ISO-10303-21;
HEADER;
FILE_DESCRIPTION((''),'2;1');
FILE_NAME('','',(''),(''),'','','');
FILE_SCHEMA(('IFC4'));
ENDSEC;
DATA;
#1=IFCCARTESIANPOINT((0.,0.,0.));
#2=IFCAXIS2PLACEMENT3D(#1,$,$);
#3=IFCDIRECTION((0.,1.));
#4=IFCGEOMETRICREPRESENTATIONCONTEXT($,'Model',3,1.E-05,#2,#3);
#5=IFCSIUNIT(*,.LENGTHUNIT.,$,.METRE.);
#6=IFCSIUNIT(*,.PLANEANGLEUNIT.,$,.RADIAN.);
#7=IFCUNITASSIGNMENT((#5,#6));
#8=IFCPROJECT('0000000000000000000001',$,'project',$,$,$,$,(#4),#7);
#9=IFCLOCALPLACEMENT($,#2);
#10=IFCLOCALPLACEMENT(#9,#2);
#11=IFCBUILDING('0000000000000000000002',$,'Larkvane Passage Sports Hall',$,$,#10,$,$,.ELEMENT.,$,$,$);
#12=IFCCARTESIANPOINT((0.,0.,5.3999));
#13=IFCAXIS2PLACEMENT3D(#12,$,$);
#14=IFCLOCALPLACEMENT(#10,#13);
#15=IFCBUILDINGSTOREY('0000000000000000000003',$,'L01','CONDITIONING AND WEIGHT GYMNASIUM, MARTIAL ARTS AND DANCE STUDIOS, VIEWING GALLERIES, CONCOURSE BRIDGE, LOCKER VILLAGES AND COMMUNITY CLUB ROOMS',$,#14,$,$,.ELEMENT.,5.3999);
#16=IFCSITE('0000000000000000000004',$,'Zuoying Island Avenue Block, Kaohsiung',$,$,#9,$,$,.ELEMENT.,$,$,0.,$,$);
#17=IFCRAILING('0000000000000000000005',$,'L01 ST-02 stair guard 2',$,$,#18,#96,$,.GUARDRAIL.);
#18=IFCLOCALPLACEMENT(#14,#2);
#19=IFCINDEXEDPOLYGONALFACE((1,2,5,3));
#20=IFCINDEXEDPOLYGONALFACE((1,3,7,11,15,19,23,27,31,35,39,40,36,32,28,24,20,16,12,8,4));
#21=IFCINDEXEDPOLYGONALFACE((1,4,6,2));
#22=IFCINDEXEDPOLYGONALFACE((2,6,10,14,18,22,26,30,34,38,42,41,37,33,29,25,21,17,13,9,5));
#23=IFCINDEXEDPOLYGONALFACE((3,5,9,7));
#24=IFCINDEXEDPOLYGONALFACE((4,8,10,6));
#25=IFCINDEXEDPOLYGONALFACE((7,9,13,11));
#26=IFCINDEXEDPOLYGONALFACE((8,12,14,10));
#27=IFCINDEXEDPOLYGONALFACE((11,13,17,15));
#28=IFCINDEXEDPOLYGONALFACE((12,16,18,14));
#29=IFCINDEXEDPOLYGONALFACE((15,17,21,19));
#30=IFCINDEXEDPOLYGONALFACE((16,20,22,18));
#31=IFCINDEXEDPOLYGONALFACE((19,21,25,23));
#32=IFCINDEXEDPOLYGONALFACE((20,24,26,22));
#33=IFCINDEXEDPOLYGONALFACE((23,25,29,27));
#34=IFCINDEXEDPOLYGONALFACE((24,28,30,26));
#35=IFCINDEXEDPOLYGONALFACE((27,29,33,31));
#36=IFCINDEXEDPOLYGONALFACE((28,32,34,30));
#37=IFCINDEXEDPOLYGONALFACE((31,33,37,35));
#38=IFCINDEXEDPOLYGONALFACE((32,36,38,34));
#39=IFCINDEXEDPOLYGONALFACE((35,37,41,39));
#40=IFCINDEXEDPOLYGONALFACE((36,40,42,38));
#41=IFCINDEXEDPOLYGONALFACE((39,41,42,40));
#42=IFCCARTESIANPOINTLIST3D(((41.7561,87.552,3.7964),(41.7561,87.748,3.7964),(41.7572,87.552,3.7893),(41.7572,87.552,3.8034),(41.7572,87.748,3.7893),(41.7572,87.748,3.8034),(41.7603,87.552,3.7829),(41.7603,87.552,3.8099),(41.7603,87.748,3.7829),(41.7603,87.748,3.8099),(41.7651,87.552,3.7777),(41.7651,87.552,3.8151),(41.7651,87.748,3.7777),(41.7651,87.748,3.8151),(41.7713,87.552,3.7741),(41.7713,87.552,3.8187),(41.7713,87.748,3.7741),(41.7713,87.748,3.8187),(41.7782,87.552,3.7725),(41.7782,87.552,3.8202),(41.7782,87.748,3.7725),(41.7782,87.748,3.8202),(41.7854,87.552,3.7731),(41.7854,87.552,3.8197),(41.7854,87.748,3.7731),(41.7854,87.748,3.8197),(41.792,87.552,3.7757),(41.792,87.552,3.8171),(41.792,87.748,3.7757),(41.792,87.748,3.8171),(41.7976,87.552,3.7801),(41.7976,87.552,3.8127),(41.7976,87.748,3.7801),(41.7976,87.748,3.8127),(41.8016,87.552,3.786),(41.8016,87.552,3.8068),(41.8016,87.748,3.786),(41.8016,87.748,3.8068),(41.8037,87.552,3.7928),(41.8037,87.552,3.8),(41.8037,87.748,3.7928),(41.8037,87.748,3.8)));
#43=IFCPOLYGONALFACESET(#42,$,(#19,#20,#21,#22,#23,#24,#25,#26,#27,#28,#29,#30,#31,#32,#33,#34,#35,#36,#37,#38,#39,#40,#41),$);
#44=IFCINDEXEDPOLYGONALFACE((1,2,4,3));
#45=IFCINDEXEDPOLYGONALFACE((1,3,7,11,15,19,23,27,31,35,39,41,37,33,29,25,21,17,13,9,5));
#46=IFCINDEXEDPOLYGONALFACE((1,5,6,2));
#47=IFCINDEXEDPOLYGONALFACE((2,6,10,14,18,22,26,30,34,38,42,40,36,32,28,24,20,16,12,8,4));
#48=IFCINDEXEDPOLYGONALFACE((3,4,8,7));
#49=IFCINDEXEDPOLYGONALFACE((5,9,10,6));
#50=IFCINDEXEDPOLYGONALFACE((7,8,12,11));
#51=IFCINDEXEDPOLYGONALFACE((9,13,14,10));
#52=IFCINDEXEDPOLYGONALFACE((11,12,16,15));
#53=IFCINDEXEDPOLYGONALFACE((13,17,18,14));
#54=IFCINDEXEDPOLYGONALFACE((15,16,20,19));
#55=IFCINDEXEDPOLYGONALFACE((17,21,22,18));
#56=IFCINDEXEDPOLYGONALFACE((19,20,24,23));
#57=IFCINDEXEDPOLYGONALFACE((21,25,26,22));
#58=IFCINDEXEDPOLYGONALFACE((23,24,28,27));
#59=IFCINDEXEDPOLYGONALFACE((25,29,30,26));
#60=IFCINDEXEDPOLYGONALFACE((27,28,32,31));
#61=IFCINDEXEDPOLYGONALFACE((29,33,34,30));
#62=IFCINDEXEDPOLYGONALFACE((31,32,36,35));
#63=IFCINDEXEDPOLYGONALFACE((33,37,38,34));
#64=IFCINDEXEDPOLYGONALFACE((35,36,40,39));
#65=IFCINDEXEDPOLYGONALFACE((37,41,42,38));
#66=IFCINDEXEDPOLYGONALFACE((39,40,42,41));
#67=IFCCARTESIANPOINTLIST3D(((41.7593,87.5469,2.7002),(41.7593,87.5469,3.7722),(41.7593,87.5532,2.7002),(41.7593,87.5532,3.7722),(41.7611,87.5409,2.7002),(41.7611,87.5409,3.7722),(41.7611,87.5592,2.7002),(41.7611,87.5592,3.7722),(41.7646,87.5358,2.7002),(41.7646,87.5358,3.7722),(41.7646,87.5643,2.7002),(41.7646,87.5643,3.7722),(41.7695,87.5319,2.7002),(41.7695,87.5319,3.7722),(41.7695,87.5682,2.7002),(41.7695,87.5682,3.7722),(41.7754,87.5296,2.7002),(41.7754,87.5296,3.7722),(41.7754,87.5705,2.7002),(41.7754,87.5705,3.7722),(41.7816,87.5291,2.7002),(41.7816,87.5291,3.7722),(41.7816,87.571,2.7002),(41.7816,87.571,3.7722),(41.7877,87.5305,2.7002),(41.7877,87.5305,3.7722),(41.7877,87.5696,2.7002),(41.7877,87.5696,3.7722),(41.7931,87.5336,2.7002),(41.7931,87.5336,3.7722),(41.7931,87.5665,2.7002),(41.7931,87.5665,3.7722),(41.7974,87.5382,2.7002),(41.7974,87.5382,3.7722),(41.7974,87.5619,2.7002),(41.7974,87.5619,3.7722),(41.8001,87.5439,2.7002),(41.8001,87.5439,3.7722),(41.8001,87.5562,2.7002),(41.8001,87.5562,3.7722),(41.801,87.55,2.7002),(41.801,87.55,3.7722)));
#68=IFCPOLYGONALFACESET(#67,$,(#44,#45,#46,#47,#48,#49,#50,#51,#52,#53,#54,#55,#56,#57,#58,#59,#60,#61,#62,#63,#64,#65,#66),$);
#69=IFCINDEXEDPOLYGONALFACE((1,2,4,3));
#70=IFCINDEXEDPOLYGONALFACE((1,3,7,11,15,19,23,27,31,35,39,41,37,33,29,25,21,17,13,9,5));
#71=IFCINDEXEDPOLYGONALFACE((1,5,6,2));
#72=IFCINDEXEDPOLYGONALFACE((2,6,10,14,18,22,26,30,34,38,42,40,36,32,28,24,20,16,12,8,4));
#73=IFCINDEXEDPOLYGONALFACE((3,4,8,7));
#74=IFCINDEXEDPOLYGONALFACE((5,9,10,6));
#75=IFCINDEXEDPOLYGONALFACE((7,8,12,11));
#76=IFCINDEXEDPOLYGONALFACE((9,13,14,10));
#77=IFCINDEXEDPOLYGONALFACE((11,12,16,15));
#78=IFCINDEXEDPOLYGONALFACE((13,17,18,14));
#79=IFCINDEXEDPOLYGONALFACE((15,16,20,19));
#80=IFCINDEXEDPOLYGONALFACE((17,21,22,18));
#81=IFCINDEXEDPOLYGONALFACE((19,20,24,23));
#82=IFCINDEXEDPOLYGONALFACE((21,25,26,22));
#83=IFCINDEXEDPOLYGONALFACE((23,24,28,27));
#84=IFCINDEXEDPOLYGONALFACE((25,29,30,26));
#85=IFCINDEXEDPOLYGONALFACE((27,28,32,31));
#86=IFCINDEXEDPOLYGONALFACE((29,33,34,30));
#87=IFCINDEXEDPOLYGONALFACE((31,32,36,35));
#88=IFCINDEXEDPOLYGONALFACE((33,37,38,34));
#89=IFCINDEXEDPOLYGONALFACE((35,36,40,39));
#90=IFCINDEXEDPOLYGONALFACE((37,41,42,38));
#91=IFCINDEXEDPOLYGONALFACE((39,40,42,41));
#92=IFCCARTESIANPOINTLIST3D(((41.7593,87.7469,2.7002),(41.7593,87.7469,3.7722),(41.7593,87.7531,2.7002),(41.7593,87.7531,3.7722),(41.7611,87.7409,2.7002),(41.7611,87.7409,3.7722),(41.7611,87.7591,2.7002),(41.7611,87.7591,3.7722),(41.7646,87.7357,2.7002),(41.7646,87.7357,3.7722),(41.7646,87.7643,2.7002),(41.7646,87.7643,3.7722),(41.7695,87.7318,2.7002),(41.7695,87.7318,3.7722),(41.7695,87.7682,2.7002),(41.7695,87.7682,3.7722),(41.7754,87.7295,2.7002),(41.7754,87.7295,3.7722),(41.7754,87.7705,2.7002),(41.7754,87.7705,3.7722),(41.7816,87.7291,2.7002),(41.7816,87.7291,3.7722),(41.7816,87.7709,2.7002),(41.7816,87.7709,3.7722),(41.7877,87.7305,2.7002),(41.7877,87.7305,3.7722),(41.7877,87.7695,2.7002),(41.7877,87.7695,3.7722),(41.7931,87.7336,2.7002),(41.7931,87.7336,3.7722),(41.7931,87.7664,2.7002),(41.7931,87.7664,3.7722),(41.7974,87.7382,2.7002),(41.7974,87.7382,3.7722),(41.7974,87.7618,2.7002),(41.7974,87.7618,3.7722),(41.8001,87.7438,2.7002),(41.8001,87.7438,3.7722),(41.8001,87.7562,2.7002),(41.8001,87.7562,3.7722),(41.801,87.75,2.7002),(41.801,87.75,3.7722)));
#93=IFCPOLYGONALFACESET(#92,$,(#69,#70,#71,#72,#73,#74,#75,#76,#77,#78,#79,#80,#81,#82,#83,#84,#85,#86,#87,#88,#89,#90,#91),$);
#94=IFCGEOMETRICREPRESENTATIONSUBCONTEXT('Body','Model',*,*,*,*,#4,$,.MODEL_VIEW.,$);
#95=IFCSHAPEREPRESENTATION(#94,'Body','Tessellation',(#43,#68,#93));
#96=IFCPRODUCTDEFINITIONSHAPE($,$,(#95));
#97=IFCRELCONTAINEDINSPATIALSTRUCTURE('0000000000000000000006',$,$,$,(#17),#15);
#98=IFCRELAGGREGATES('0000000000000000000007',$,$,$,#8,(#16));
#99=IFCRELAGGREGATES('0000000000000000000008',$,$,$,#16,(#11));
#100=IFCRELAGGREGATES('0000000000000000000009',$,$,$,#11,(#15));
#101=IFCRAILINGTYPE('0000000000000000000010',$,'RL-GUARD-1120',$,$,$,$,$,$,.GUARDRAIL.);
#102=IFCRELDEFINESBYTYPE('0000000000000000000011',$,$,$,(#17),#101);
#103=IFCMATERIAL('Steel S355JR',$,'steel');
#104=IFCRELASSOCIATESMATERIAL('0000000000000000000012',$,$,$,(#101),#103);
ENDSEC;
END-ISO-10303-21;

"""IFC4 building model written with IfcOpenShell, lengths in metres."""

from ifc_helpers import new_model, si_unit, direction, frame, origin, origin_2d, place, context, subcontext, project, spatial, circle, extrude, material, type_object, element, save


model = new_model("IFC4")

# Units and contexts
model_context = context("Model", 3, precision=1e-05, world=origin(), true_north=direction((0.0, 1.0)))
body_context = subcontext(model_context, "Body", "Model", "MODEL_VIEW")
ifc_project = project(units=[si_unit("LENGTHUNIT", "METRE"), si_unit("PLANEANGLEUNIT", "RADIAN")], contexts=[model_context])

# Site, building, storey
site_placement = place(None, origin())
site = spatial("IfcSite", under=ifc_project, at=site_placement, Name="Zuoying Island Avenue Block, Kaohsiung", CompositionType="ELEMENT", RefElevation=0.0)
building_placement = place(site_placement, origin())
building = spatial("IfcBuilding", under=site, at=building_placement, Name="Larkvane Passage Sports Hall", CompositionType="ELEMENT")
storey_placement = place(building_placement, frame((0.0, 0.0, 5.3999)))
storey = spatial("IfcBuildingStorey", under=building, at=storey_placement, Name="L01", Description="CONDITIONING AND WEIGHT GYMNASIUM, MARTIAL ARTS AND DANCE STUDIOS, VIEWING GALLERIES, CONCOURSE BRIDGE, LOCKER VILLAGES AND COMMUNITY CLUB ROOMS", CompositionType="ELEMENT", Elevation=5.3999)

# Shared definitions
ifc_material_1 = material(Name="Steel S355JR", Category="steel")

# Railing
railing_type_1 = type_object("IfcRailingType", Name="RL-GUARD-1120", PredefinedType="GUARDRAIL", material=ifc_material_1)
railing_1_placement = place(storey_placement, frame((41.78, 87.55, 2.7002)))
element("IfcRailing", 1, at=railing_1_placement, inside=storey, type_object=railing_type_1, Name="L01 ST-02 stair guard 2", PredefinedType="GUARDRAIL", context=body_context, shape_type="SweptSolid", body=[
    extrude(circle(Radius=0.0239, at=origin_2d()), frame((0.0, 0.002, 1.0962), z_axis=(0.0, 1.0, 0.0), x_axis=(-1.0, 0.0, 0.0)), (0.0, 0.0, 1.0), 0.196),
    extrude(circle(Radius=0.021, at=origin_2d()), origin(), (0.0, 0.0, 1.0), 1.072),
    extrude(circle(Radius=0.021, at=origin_2d()), frame((0.0, 0.2, 0.0)), (0.0, 0.0, 1.0), 1.072),
])

save(model, "model.ifc")
